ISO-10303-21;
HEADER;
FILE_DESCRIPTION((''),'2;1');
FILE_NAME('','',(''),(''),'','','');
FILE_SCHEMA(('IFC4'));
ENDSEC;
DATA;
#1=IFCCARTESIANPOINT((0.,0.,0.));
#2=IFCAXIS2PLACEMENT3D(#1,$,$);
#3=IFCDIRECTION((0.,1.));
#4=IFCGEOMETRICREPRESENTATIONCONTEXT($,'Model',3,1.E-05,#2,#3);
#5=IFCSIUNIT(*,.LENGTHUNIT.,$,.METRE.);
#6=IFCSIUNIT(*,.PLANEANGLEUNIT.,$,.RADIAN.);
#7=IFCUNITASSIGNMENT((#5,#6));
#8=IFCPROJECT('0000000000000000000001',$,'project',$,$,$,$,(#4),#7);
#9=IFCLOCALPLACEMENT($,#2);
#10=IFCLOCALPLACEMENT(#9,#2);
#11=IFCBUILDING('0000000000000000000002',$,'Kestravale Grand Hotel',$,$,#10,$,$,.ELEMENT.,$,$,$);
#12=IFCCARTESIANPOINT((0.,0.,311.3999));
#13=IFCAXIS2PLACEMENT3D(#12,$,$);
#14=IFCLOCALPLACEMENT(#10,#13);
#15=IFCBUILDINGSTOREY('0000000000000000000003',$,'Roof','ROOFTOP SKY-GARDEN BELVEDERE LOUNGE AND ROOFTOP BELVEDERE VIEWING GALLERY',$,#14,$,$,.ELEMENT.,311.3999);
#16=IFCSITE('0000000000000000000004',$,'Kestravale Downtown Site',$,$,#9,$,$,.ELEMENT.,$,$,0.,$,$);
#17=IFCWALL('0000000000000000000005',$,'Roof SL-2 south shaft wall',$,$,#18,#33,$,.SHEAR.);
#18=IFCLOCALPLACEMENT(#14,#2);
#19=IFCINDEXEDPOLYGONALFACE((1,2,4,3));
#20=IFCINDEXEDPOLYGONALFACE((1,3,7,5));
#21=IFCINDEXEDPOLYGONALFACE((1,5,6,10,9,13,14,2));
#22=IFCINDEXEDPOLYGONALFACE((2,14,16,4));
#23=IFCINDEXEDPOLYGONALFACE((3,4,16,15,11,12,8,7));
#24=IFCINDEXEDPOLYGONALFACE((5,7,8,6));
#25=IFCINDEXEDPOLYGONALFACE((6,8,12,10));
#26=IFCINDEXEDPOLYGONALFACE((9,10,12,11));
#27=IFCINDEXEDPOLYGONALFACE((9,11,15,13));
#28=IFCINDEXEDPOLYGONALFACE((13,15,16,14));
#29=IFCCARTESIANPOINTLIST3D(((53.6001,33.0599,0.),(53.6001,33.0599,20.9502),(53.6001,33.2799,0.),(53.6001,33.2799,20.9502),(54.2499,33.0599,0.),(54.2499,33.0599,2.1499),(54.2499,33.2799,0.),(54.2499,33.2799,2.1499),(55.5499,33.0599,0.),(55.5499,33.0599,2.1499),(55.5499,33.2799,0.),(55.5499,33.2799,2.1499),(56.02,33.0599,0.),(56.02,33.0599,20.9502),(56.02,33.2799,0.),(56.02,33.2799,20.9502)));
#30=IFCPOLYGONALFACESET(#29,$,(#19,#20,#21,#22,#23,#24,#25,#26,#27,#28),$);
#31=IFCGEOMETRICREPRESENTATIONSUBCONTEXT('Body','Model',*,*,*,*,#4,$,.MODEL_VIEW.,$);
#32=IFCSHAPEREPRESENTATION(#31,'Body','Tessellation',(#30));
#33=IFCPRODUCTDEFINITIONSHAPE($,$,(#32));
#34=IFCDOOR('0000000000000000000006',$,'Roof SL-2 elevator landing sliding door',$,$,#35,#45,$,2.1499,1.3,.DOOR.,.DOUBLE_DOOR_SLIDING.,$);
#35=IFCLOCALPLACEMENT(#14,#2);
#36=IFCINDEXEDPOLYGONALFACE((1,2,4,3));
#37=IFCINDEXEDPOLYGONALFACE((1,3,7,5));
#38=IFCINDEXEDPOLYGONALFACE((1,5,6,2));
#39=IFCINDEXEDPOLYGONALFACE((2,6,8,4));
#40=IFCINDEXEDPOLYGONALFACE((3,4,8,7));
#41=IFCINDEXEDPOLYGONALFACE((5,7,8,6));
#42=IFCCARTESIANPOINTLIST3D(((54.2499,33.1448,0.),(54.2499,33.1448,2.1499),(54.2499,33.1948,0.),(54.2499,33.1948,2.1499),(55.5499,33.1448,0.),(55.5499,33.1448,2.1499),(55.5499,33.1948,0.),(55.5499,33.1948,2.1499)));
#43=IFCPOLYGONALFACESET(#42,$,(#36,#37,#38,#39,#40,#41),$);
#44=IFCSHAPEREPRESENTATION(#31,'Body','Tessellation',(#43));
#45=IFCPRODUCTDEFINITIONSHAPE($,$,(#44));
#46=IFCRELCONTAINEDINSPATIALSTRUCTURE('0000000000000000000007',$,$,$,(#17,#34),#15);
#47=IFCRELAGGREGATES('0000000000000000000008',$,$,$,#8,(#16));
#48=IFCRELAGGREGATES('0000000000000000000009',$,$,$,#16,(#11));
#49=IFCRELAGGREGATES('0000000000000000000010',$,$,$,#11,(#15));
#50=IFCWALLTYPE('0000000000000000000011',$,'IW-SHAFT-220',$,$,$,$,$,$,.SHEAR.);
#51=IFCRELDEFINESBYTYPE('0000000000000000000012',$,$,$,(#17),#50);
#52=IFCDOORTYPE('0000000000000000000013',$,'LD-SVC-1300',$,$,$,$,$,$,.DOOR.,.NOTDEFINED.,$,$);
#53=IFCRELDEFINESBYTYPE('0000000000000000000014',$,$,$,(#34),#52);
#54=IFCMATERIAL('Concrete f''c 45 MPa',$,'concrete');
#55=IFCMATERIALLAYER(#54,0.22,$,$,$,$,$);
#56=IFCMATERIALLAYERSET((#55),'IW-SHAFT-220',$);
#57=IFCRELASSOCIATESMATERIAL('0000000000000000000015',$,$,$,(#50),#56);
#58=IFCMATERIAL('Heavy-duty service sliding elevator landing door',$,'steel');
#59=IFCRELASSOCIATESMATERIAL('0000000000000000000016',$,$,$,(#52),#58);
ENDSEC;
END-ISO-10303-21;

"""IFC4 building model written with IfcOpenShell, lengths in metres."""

from ifc_helpers import new_model, si_unit, direction, frame, frame_2d, origin, place, context, subcontext, project, spatial, rectangle, extrude, material, layer, layer_set, type_object, element, fill, save


model = new_model("IFC4")

# Units and contexts
model_context = context("Model", 3, precision=1e-05, world=origin(), true_north=direction((0.0, 1.0)))
body_context = subcontext(model_context, "Body", "Model", "MODEL_VIEW")
ifc_project = project(units=[si_unit("LENGTHUNIT", "METRE"), si_unit("PLANEANGLEUNIT", "RADIAN")], contexts=[model_context])

# Site, building, storey
site_placement = place(None, origin())
site = spatial("IfcSite", under=ifc_project, at=site_placement, Name="Kestravale Downtown Site", CompositionType="ELEMENT", RefElevation=0.0)
building_placement = place(site_placement, origin())
building = spatial("IfcBuilding", under=site, at=building_placement, Name="Kestravale Grand Hotel", CompositionType="ELEMENT")
storey_placement = place(building_placement, frame((0.0, 0.0, 311.3999)))
storey = spatial("IfcBuildingStorey", under=building, at=storey_placement, Name="Roof", Description="ROOFTOP SKY-GARDEN BELVEDERE LOUNGE AND ROOFTOP BELVEDERE VIEWING GALLERY", CompositionType="ELEMENT", Elevation=311.3999)

# Shared definitions
ifc_material_1 = material(Name="Concrete f'c 45 MPa", Category="concrete")
ifc_layer_1 = layer(ifc_material_1, 0.22)
ifc_layer_set_1 = layer_set([ifc_layer_1], Name="IW-SHAFT-220")
wall_type_1 = type_object("IfcWallType", Name="IW-SHAFT-220", PredefinedType="SHEAR", material=ifc_layer_set_1)

# Wall, opening, door
ifc_material_2 = material(Name="Heavy-duty service sliding elevator landing door", Category="steel")
door_type = type_object("IfcDoorType", Name="LD-SVC-1300", OperationType="NOTDEFINED", PredefinedType="DOOR", material=ifc_material_2)
wall_1_placement = place(storey_placement, frame((53.6001, 33.1699, 0.0), z_axis=(0.0, 0.0, 1.0), x_axis=(1.0, 0.0, 0.0)))
wall_1 = element("IfcWall", 1, at=wall_1_placement, inside=storey, type_object=wall_type_1, Name="Roof SL-2 south shaft wall", PredefinedType="SHEAR", context=body_context, shape_type="SweptSolid", body=[
    extrude(rectangle(XDim=2.4199, YDim=0.22, at=frame_2d((1.21, 0.0))), origin(), (0.0, 0.0, 1.0), 20.9502),
])
opening_1_placement = place(wall_1_placement, frame((0.6499, 0.0, 0.0)))
opening_1 = element("IfcOpeningElement", 2, at=opening_1_placement, cuts=wall_1, PredefinedType="OPENING", context=body_context, shape_type="SweptSolid", body=[
    extrude(rectangle(XDim=1.3, YDim=2.1499, at=frame_2d((0.6499, 1.075))), frame((0.0, 0.1199, 0.0), z_axis=(0.0, -1.0, 0.0), x_axis=(1.0, 0.0, 0.0)), (0.0, 0.0, 1.0), 0.24),
])
door_1_placement = place(opening_1_placement, origin())
door_1 = element("IfcDoor", 3, at=door_1_placement, inside=storey, type_object=door_type, Name="Roof SL-2 elevator landing sliding door", OperationType="DOUBLE_DOOR_SLIDING", OverallHeight=2.1499, OverallWidth=1.3, PredefinedType="DOOR", context=body_context, shape_type="SweptSolid", body=[
    extrude(rectangle(XDim=1.3, YDim=2.1499, at=frame_2d((0.6499, 1.075))), frame((0.0, 0.0249, 0.0), z_axis=(0.0, -1.0, 0.0), x_axis=(1.0, 0.0, 0.0)), (0.0, 0.0, 1.0), 0.05),
])
fill(opening_1, door_1)

save(model, "model.ifc")
